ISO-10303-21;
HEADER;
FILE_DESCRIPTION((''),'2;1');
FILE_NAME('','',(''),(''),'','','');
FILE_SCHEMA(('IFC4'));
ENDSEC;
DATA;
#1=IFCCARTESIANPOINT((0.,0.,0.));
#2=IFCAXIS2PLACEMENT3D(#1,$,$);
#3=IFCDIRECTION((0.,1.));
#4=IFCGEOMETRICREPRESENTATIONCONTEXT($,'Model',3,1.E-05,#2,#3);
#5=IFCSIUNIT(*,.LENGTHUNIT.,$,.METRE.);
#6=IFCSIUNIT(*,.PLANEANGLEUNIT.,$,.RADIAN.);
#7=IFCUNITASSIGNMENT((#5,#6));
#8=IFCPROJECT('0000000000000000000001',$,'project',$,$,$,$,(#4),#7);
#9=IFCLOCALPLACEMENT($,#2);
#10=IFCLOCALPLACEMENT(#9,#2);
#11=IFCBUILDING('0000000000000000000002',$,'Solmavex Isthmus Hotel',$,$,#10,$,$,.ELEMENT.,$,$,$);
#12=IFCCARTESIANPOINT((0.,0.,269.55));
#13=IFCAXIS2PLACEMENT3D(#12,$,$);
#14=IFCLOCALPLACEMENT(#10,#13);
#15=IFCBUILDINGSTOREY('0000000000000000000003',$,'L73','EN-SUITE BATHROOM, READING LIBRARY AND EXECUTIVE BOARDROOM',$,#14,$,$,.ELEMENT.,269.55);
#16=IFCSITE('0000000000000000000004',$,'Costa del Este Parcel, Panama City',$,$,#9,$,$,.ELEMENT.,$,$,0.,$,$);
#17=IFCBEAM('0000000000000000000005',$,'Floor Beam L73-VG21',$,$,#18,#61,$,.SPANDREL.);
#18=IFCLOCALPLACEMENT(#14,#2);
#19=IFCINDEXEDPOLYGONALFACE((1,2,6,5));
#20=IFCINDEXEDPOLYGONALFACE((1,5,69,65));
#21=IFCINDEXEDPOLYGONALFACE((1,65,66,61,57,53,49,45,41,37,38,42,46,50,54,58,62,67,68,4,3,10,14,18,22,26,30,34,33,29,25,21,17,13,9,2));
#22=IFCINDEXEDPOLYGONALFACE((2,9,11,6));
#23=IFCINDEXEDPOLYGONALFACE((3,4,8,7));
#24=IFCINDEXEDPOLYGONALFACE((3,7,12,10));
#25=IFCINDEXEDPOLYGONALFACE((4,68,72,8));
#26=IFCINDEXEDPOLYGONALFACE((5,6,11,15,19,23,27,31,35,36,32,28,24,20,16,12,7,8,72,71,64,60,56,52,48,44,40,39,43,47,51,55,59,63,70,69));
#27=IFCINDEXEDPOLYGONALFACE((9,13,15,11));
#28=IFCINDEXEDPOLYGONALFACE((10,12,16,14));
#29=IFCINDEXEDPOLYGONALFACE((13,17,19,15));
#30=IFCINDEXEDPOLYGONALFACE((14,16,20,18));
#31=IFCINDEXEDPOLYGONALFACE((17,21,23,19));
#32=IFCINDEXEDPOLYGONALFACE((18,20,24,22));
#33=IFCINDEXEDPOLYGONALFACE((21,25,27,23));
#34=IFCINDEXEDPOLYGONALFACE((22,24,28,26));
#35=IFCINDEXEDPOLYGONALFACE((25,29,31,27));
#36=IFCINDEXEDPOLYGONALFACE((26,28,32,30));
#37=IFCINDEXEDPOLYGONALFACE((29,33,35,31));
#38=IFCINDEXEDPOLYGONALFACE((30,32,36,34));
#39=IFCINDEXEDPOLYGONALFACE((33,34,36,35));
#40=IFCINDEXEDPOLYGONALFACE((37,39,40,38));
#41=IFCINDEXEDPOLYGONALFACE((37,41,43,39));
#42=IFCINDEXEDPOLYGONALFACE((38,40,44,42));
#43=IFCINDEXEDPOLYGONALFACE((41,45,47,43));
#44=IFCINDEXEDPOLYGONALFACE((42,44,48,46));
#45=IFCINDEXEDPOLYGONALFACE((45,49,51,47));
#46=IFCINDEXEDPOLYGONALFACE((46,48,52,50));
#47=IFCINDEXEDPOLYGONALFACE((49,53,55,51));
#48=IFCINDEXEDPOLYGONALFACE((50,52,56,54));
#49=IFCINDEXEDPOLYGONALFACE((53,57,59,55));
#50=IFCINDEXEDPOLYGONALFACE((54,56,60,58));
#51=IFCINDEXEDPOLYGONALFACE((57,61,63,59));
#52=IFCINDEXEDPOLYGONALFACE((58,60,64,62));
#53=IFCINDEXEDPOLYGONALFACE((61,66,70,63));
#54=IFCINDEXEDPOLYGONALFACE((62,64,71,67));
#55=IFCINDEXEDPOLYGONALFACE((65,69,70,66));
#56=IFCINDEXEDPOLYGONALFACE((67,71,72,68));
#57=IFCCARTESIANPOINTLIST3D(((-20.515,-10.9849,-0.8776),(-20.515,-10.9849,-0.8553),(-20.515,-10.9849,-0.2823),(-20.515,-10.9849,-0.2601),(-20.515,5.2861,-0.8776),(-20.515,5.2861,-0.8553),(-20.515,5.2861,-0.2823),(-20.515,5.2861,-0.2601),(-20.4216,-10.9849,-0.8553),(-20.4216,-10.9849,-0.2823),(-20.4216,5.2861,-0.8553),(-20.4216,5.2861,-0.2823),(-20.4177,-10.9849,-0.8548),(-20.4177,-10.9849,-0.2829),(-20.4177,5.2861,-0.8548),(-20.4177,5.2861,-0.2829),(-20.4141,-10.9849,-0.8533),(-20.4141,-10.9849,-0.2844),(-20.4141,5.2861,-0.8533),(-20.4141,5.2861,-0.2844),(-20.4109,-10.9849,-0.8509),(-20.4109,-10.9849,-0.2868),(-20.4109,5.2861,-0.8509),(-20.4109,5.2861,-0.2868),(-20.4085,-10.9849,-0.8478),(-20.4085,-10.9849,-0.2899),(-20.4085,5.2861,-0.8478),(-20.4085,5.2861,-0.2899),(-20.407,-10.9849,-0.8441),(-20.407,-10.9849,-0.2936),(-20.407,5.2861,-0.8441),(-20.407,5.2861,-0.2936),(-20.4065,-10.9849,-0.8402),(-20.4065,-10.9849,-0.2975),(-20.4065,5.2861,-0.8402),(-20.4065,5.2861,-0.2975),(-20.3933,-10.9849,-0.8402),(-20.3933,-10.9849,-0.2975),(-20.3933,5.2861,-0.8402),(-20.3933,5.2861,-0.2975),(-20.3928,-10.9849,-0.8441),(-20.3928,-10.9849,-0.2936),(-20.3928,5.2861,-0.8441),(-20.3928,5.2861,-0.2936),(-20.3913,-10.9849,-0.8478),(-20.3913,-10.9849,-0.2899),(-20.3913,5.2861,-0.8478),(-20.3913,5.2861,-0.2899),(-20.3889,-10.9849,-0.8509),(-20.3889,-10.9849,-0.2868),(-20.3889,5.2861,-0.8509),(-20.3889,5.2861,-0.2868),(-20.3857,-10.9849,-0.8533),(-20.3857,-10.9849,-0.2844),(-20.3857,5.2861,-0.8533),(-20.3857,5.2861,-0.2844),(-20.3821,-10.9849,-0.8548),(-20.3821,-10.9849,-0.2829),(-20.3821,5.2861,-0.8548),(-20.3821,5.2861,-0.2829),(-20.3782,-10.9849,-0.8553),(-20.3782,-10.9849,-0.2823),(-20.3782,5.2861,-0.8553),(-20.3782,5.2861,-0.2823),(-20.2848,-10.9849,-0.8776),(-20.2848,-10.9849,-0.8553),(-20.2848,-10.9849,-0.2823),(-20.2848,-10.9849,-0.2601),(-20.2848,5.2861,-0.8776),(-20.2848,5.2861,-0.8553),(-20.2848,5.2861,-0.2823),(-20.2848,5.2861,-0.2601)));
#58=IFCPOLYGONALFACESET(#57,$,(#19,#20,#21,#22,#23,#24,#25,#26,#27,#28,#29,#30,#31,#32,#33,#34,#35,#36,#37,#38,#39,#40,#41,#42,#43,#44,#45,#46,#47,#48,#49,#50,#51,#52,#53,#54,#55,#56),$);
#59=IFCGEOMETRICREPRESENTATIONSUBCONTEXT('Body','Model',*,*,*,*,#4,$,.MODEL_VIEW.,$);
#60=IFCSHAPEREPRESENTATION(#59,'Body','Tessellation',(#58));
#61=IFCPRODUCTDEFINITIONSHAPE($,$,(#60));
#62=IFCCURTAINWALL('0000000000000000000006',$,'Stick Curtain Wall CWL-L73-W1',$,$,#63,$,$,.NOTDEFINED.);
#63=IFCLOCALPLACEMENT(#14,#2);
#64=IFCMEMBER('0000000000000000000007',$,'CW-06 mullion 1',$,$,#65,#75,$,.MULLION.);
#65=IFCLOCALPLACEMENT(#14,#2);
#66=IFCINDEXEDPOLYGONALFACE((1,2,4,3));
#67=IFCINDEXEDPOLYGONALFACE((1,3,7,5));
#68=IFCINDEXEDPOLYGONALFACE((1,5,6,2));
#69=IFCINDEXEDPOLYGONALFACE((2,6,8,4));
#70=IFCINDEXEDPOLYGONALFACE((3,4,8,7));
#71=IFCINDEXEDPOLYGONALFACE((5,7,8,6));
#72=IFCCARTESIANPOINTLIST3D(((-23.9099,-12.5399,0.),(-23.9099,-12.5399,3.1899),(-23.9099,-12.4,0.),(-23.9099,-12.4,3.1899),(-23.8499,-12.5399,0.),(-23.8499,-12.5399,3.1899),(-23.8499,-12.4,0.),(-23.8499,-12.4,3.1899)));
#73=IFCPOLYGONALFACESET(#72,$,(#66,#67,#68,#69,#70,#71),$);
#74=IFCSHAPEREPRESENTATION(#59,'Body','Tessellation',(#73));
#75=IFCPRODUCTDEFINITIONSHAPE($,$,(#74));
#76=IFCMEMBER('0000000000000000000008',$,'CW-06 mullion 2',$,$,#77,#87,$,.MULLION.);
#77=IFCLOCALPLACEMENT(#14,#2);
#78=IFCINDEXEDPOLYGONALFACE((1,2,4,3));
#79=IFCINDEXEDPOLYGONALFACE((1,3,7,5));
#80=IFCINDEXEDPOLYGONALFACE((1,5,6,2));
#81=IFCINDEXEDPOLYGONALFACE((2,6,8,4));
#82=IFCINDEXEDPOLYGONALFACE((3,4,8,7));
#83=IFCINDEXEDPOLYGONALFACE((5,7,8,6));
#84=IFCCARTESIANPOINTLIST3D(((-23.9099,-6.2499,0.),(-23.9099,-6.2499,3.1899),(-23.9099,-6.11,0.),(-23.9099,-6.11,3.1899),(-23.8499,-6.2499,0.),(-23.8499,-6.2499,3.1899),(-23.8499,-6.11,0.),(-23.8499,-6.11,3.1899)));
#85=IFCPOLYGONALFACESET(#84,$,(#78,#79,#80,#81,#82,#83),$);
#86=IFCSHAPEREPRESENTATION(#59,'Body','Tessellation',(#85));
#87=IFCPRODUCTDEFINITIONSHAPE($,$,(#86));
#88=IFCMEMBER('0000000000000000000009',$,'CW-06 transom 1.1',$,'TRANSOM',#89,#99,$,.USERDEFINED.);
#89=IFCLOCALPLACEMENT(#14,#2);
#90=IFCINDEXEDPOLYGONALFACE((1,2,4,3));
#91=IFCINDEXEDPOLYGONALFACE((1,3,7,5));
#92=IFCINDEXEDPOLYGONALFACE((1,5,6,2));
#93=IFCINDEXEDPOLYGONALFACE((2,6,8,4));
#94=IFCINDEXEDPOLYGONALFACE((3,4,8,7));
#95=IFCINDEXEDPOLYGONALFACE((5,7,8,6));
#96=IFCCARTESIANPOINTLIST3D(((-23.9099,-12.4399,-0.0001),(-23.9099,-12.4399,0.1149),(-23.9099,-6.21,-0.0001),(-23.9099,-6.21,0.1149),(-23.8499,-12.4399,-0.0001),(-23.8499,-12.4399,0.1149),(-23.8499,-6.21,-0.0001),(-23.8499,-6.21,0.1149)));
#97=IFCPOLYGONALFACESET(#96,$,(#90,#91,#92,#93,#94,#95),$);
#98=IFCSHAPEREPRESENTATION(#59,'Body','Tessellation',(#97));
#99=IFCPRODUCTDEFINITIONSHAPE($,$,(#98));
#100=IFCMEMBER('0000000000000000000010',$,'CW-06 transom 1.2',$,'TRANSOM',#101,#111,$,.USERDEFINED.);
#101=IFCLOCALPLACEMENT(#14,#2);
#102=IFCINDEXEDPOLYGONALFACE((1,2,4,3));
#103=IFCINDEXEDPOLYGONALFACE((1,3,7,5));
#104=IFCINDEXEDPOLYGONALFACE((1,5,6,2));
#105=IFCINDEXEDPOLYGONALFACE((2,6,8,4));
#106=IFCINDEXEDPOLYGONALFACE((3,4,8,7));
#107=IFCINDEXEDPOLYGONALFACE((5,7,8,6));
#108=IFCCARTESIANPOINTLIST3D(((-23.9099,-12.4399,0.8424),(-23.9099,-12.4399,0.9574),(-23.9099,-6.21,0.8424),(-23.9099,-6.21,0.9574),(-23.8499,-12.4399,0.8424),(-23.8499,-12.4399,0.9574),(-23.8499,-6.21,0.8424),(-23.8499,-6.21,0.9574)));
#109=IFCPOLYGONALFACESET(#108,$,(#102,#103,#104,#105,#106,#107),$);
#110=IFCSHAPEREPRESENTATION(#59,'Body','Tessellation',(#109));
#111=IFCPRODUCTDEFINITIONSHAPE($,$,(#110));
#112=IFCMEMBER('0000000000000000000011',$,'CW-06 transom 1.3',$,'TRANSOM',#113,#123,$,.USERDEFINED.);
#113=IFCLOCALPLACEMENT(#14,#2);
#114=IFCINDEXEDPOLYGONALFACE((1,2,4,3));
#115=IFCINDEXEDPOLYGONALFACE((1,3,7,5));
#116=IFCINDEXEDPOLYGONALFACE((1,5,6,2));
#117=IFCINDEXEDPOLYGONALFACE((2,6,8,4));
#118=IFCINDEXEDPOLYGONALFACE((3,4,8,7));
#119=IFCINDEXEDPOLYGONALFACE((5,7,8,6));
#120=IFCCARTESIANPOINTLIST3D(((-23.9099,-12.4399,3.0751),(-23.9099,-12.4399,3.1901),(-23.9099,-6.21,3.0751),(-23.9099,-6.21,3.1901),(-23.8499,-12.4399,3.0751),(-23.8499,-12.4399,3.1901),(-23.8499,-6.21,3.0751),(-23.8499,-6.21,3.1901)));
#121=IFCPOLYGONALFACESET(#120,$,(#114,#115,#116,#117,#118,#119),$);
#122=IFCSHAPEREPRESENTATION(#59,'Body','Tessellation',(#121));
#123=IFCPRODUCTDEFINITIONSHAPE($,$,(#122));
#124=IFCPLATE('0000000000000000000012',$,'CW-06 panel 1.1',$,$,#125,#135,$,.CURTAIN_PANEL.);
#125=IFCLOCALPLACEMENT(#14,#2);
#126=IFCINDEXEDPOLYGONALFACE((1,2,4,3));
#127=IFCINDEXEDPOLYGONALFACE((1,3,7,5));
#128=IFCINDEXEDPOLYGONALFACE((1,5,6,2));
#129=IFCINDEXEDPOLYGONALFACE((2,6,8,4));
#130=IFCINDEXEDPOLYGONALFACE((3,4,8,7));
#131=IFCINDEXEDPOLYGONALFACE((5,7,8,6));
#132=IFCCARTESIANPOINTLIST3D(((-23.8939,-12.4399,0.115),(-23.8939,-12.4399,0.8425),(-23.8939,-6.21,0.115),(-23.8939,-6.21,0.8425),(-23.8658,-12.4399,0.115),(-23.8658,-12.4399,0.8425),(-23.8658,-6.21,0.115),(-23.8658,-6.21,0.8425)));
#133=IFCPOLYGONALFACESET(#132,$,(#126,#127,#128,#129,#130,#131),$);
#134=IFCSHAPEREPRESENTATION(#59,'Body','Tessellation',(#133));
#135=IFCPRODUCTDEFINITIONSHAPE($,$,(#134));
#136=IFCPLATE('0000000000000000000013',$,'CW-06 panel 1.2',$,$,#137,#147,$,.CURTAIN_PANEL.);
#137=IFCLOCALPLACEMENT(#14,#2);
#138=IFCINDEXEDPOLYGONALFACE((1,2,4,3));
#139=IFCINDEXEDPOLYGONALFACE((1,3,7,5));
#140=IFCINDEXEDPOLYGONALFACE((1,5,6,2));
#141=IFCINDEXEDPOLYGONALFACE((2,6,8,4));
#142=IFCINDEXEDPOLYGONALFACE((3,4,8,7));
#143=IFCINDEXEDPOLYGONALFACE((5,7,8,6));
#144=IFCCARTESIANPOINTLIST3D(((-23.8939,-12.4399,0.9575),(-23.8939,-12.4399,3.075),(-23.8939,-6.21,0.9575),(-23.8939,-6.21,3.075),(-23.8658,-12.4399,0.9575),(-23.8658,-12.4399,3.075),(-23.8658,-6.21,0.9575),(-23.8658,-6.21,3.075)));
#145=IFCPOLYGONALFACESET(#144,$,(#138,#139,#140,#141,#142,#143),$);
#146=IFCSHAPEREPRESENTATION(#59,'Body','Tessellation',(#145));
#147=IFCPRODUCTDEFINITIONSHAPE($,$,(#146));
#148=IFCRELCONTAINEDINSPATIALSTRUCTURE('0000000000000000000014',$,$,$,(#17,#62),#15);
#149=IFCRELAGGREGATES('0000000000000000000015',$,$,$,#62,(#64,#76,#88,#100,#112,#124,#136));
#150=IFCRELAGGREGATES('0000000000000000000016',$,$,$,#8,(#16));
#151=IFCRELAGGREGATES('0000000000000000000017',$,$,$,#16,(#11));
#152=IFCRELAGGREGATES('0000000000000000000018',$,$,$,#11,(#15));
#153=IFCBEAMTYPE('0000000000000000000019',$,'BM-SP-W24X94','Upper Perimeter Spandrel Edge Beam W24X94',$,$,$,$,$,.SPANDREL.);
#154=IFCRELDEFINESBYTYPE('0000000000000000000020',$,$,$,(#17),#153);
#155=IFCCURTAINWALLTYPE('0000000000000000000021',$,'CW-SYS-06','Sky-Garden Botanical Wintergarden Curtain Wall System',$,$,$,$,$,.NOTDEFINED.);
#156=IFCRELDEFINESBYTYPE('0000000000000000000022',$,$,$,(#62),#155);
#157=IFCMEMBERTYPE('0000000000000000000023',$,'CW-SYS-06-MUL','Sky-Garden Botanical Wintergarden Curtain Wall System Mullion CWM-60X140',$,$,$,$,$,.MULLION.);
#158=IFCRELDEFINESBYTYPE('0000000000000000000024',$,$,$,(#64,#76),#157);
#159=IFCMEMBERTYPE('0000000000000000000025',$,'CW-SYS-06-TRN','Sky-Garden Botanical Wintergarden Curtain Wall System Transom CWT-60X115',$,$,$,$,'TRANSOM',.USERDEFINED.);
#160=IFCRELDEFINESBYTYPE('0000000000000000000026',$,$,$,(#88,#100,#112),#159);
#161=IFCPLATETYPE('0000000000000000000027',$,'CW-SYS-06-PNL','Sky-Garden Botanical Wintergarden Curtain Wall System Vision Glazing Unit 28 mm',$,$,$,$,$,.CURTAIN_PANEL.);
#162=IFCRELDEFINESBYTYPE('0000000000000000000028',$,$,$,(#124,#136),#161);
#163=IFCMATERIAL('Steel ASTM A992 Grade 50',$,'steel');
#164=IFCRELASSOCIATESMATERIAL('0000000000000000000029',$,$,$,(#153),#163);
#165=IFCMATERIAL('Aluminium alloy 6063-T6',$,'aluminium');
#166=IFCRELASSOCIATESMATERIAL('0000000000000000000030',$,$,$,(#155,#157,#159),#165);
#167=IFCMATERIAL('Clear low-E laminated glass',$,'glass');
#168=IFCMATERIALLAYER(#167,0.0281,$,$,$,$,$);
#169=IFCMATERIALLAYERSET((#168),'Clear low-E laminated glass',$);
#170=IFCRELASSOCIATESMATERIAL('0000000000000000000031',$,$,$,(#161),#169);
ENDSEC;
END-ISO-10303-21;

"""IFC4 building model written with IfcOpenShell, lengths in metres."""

from ifc_helpers import new_model, si_unit, direction, frame, origin, origin_2d, place, context, subcontext, project, spatial, rectangle, i_section, extrude, material, layer, layer_set, material_profile, profile_set, type_object, element, aggregate, save


model = new_model("IFC4")

# Units and contexts
model_context = context("Model", 3, precision=1e-05, world=origin(), true_north=direction((0.0, 1.0)))
body_context = subcontext(model_context, "Body", "Model", "MODEL_VIEW")
ifc_project = project(units=[si_unit("LENGTHUNIT", "METRE"), si_unit("PLANEANGLEUNIT", "RADIAN")], contexts=[model_context])

# Site, building, storey
site_placement = place(None, origin())
site = spatial("IfcSite", under=ifc_project, at=site_placement, Name="Costa del Este Parcel, Panama City", CompositionType="ELEMENT", RefElevation=0.0)
building_placement = place(site_placement, origin())
building = spatial("IfcBuilding", under=site, at=building_placement, Name="Solmavex Isthmus Hotel", CompositionType="ELEMENT")
storey_placement = place(building_placement, frame((0.0, 0.0, 269.55)))
storey = spatial("IfcBuildingStorey", under=building, at=storey_placement, Name="L73", Description="EN-SUITE BATHROOM, READING LIBRARY AND EXECUTIVE BOARDROOM", CompositionType="ELEMENT", Elevation=269.55)

# Beam
ifc_material_1 = material(Name="Steel ASTM A992 Grade 50", Category="steel")
ifc_material_profile_1 = material_profile(ifc_material_1, i_section(OverallWidth=0.2302, OverallDepth=0.6174, WebThickness=0.0132, FlangeThickness=0.0222, FilletRadius=0.0151, at=origin_2d()), Name="W24X94")
ifc_profile_set_1 = profile_set([ifc_material_profile_1], Name="Steel ASTM A992 Grade 50")
beam_type_1 = type_object("IfcBeamType", Name="BM-SP-W24X94", Description="Upper Perimeter Spandrel Edge Beam W24X94", PredefinedType="SPANDREL", material=ifc_profile_set_1)
beam_1_placement = place(storey_placement, frame((-20.3999, -10.9849, -0.5688), z_axis=(0.0, 1.0, 0.0), x_axis=(-1.0, 0.0, 0.0)))
element("IfcBeam", 1, at=beam_1_placement, inside=storey, type_object=beam_type_1, Name="Floor Beam L73-VG21", PredefinedType="SPANDREL", context=body_context, shape_type="SweptSolid", body=[
    extrude(i_section(OverallWidth=0.2302, OverallDepth=0.6174, WebThickness=0.0132, FlangeThickness=0.0222, FilletRadius=0.0151, at=origin_2d()), origin(), (0.0, 0.0, 1.0), 16.271),
])

# Curtain wall, members, plates
ifc_material_2 = material(Name="Aluminium alloy 6063-T6", Category="aluminium")
curtain_wall_type = type_object("IfcCurtainWallType", Name="CW-SYS-06", Description="Sky-Garden Botanical Wintergarden Curtain Wall System", PredefinedType="NOTDEFINED", material=ifc_material_2)
curtain_wall_placement = place(storey_placement, origin())
curtain_wall = element("IfcCurtainWall", 2, at=curtain_wall_placement, inside=storey, type_object=curtain_wall_type, Name="Stick Curtain Wall CWL-L73-W1", PredefinedType="NOTDEFINED")
ifc_material_profile_2 = material_profile(ifc_material_2, rectangle(XDim=0.0601, YDim=0.1399, at=origin_2d()), Name="CWM-60X140")
ifc_profile_set_2 = profile_set([ifc_material_profile_2], Name="Aluminium alloy 6063-T6")
member_type_1 = type_object("IfcMemberType", Name="CW-SYS-06-MUL", Description="Sky-Garden Botanical Wintergarden Curtain Wall System Mullion CWM-60X140", PredefinedType="MULLION", material=ifc_profile_set_2)
member_1_placement = place(storey_placement, frame((-23.8799, -12.47, 0.0), z_axis=(0.0, 0.0, 1.0), x_axis=(-1.0, 0.0, 0.0)))
member_1 = element("IfcMember", 3, at=member_1_placement, type_object=member_type_1, Name="CW-06 mullion 1", PredefinedType="MULLION", context=body_context, shape_type="SweptSolid", body=[
    extrude(rectangle(XDim=0.0601, YDim=0.1399, at=origin_2d()), origin(), (0.0, 0.0, 1.0), 3.1899),
])
member_2_placement = place(storey_placement, frame((-23.8799, -6.1799, 0.0), z_axis=(0.0, 0.0, 1.0), x_axis=(-1.0, 0.0, 0.0)))
member_2 = element("IfcMember", 4, at=member_2_placement, type_object=member_type_1, Name="CW-06 mullion 2", PredefinedType="MULLION", context=body_context, shape_type="SweptSolid", body=[
    extrude(rectangle(XDim=0.0601, YDim=0.1399, at=origin_2d()), origin(), (0.0, 0.0, 1.0), 3.1899),
])
ifc_material_profile_3 = material_profile(ifc_material_2, rectangle(XDim=0.0601, YDim=0.115, at=origin_2d()), Name="CWT-60X115")
ifc_profile_set_3 = profile_set([ifc_material_profile_3], Name="Aluminium alloy 6063-T6")
member_type_2 = type_object("IfcMemberType", Name="CW-SYS-06-TRN", Description="Sky-Garden Botanical Wintergarden Curtain Wall System Transom CWT-60X115", ElementType="TRANSOM", PredefinedType="USERDEFINED", material=ifc_profile_set_3)
member_3_placement = place(storey_placement, frame((-23.8799, -12.4399, 0.0574), z_axis=(0.0, 1.0, 0.0), x_axis=(-1.0, 0.0, 0.0)))
member_3 = element("IfcMember", 5, at=member_3_placement, type_object=member_type_2, Name="CW-06 transom 1.1", ObjectType="TRANSOM", PredefinedType="USERDEFINED", context=body_context, shape_type="SweptSolid", body=[
    extrude(rectangle(XDim=0.0601, YDim=0.115, at=origin_2d()), origin(), (0.0, 0.0, 1.0), 6.23),
])
member_4_placement = place(storey_placement, frame((-23.8799, -12.4399, 0.8999), z_axis=(0.0, 1.0, 0.0), x_axis=(-1.0, 0.0, 0.0)))
member_4 = element("IfcMember", 6, at=member_4_placement, type_object=member_type_2, Name="CW-06 transom 1.2", ObjectType="TRANSOM", PredefinedType="USERDEFINED", context=body_context, shape_type="SweptSolid", body=[
    extrude(rectangle(XDim=0.0601, YDim=0.115, at=origin_2d()), origin(), (0.0, 0.0, 1.0), 6.23),
])
member_5_placement = place(storey_placement, frame((-23.8799, -12.4399, 3.1326), z_axis=(0.0, 1.0, 0.0), x_axis=(-1.0, 0.0, 0.0)))
member_5 = element("IfcMember", 7, at=member_5_placement, type_object=member_type_2, Name="CW-06 transom 1.3", ObjectType="TRANSOM", PredefinedType="USERDEFINED", context=body_context, shape_type="SweptSolid", body=[
    extrude(rectangle(XDim=0.0601, YDim=0.115, at=origin_2d()), origin(), (0.0, 0.0, 1.0), 6.23),
])
ifc_material_3 = material(Name="Clear low-E laminated glass", Category="glass")
ifc_layer_1 = layer(ifc_material_3, 0.0281)
ifc_layer_set_1 = layer_set([ifc_layer_1], Name="Clear low-E laminated glass")
plate_type = type_object("IfcPlateType", Name="CW-SYS-06-PNL", Description="Sky-Garden Botanical Wintergarden Curtain Wall System Vision Glazing Unit 28 mm", PredefinedType="CURTAIN_PANEL", material=ifc_layer_set_1)
plate_1_placement = place(storey_placement, frame((-23.8799, -9.325, 0.115), z_axis=(0.0, 0.0, 1.0), x_axis=(0.0, 1.0, 0.0)))
plate_1 = element("IfcPlate", 8, at=plate_1_placement, type_object=plate_type, Name="CW-06 panel 1.1", PredefinedType="CURTAIN_PANEL", context=body_context, shape_type="SweptSolid", body=[
    extrude(rectangle(XDim=6.23, YDim=0.0281, at=origin_2d()), origin(), (0.0, 0.0, 1.0), 0.7275),
])
plate_2_placement = place(storey_placement, frame((-23.8799, -9.325, 0.9575), z_axis=(0.0, 0.0, 1.0), x_axis=(0.0, 1.0, 0.0)))
plate_2 = element("IfcPlate", 9, at=plate_2_placement, type_object=plate_type, Name="CW-06 panel 1.2", PredefinedType="CURTAIN_PANEL", context=body_context, shape_type="SweptSolid", body=[
    extrude(rectangle(XDim=6.23, YDim=0.0281, at=origin_2d()), origin(), (0.0, 0.0, 1.0), 2.1174),
])
aggregate(curtain_wall, [member_1, member_2, member_3, member_4, member_5, plate_1, plate_2])

save(model, "model.ifc")
